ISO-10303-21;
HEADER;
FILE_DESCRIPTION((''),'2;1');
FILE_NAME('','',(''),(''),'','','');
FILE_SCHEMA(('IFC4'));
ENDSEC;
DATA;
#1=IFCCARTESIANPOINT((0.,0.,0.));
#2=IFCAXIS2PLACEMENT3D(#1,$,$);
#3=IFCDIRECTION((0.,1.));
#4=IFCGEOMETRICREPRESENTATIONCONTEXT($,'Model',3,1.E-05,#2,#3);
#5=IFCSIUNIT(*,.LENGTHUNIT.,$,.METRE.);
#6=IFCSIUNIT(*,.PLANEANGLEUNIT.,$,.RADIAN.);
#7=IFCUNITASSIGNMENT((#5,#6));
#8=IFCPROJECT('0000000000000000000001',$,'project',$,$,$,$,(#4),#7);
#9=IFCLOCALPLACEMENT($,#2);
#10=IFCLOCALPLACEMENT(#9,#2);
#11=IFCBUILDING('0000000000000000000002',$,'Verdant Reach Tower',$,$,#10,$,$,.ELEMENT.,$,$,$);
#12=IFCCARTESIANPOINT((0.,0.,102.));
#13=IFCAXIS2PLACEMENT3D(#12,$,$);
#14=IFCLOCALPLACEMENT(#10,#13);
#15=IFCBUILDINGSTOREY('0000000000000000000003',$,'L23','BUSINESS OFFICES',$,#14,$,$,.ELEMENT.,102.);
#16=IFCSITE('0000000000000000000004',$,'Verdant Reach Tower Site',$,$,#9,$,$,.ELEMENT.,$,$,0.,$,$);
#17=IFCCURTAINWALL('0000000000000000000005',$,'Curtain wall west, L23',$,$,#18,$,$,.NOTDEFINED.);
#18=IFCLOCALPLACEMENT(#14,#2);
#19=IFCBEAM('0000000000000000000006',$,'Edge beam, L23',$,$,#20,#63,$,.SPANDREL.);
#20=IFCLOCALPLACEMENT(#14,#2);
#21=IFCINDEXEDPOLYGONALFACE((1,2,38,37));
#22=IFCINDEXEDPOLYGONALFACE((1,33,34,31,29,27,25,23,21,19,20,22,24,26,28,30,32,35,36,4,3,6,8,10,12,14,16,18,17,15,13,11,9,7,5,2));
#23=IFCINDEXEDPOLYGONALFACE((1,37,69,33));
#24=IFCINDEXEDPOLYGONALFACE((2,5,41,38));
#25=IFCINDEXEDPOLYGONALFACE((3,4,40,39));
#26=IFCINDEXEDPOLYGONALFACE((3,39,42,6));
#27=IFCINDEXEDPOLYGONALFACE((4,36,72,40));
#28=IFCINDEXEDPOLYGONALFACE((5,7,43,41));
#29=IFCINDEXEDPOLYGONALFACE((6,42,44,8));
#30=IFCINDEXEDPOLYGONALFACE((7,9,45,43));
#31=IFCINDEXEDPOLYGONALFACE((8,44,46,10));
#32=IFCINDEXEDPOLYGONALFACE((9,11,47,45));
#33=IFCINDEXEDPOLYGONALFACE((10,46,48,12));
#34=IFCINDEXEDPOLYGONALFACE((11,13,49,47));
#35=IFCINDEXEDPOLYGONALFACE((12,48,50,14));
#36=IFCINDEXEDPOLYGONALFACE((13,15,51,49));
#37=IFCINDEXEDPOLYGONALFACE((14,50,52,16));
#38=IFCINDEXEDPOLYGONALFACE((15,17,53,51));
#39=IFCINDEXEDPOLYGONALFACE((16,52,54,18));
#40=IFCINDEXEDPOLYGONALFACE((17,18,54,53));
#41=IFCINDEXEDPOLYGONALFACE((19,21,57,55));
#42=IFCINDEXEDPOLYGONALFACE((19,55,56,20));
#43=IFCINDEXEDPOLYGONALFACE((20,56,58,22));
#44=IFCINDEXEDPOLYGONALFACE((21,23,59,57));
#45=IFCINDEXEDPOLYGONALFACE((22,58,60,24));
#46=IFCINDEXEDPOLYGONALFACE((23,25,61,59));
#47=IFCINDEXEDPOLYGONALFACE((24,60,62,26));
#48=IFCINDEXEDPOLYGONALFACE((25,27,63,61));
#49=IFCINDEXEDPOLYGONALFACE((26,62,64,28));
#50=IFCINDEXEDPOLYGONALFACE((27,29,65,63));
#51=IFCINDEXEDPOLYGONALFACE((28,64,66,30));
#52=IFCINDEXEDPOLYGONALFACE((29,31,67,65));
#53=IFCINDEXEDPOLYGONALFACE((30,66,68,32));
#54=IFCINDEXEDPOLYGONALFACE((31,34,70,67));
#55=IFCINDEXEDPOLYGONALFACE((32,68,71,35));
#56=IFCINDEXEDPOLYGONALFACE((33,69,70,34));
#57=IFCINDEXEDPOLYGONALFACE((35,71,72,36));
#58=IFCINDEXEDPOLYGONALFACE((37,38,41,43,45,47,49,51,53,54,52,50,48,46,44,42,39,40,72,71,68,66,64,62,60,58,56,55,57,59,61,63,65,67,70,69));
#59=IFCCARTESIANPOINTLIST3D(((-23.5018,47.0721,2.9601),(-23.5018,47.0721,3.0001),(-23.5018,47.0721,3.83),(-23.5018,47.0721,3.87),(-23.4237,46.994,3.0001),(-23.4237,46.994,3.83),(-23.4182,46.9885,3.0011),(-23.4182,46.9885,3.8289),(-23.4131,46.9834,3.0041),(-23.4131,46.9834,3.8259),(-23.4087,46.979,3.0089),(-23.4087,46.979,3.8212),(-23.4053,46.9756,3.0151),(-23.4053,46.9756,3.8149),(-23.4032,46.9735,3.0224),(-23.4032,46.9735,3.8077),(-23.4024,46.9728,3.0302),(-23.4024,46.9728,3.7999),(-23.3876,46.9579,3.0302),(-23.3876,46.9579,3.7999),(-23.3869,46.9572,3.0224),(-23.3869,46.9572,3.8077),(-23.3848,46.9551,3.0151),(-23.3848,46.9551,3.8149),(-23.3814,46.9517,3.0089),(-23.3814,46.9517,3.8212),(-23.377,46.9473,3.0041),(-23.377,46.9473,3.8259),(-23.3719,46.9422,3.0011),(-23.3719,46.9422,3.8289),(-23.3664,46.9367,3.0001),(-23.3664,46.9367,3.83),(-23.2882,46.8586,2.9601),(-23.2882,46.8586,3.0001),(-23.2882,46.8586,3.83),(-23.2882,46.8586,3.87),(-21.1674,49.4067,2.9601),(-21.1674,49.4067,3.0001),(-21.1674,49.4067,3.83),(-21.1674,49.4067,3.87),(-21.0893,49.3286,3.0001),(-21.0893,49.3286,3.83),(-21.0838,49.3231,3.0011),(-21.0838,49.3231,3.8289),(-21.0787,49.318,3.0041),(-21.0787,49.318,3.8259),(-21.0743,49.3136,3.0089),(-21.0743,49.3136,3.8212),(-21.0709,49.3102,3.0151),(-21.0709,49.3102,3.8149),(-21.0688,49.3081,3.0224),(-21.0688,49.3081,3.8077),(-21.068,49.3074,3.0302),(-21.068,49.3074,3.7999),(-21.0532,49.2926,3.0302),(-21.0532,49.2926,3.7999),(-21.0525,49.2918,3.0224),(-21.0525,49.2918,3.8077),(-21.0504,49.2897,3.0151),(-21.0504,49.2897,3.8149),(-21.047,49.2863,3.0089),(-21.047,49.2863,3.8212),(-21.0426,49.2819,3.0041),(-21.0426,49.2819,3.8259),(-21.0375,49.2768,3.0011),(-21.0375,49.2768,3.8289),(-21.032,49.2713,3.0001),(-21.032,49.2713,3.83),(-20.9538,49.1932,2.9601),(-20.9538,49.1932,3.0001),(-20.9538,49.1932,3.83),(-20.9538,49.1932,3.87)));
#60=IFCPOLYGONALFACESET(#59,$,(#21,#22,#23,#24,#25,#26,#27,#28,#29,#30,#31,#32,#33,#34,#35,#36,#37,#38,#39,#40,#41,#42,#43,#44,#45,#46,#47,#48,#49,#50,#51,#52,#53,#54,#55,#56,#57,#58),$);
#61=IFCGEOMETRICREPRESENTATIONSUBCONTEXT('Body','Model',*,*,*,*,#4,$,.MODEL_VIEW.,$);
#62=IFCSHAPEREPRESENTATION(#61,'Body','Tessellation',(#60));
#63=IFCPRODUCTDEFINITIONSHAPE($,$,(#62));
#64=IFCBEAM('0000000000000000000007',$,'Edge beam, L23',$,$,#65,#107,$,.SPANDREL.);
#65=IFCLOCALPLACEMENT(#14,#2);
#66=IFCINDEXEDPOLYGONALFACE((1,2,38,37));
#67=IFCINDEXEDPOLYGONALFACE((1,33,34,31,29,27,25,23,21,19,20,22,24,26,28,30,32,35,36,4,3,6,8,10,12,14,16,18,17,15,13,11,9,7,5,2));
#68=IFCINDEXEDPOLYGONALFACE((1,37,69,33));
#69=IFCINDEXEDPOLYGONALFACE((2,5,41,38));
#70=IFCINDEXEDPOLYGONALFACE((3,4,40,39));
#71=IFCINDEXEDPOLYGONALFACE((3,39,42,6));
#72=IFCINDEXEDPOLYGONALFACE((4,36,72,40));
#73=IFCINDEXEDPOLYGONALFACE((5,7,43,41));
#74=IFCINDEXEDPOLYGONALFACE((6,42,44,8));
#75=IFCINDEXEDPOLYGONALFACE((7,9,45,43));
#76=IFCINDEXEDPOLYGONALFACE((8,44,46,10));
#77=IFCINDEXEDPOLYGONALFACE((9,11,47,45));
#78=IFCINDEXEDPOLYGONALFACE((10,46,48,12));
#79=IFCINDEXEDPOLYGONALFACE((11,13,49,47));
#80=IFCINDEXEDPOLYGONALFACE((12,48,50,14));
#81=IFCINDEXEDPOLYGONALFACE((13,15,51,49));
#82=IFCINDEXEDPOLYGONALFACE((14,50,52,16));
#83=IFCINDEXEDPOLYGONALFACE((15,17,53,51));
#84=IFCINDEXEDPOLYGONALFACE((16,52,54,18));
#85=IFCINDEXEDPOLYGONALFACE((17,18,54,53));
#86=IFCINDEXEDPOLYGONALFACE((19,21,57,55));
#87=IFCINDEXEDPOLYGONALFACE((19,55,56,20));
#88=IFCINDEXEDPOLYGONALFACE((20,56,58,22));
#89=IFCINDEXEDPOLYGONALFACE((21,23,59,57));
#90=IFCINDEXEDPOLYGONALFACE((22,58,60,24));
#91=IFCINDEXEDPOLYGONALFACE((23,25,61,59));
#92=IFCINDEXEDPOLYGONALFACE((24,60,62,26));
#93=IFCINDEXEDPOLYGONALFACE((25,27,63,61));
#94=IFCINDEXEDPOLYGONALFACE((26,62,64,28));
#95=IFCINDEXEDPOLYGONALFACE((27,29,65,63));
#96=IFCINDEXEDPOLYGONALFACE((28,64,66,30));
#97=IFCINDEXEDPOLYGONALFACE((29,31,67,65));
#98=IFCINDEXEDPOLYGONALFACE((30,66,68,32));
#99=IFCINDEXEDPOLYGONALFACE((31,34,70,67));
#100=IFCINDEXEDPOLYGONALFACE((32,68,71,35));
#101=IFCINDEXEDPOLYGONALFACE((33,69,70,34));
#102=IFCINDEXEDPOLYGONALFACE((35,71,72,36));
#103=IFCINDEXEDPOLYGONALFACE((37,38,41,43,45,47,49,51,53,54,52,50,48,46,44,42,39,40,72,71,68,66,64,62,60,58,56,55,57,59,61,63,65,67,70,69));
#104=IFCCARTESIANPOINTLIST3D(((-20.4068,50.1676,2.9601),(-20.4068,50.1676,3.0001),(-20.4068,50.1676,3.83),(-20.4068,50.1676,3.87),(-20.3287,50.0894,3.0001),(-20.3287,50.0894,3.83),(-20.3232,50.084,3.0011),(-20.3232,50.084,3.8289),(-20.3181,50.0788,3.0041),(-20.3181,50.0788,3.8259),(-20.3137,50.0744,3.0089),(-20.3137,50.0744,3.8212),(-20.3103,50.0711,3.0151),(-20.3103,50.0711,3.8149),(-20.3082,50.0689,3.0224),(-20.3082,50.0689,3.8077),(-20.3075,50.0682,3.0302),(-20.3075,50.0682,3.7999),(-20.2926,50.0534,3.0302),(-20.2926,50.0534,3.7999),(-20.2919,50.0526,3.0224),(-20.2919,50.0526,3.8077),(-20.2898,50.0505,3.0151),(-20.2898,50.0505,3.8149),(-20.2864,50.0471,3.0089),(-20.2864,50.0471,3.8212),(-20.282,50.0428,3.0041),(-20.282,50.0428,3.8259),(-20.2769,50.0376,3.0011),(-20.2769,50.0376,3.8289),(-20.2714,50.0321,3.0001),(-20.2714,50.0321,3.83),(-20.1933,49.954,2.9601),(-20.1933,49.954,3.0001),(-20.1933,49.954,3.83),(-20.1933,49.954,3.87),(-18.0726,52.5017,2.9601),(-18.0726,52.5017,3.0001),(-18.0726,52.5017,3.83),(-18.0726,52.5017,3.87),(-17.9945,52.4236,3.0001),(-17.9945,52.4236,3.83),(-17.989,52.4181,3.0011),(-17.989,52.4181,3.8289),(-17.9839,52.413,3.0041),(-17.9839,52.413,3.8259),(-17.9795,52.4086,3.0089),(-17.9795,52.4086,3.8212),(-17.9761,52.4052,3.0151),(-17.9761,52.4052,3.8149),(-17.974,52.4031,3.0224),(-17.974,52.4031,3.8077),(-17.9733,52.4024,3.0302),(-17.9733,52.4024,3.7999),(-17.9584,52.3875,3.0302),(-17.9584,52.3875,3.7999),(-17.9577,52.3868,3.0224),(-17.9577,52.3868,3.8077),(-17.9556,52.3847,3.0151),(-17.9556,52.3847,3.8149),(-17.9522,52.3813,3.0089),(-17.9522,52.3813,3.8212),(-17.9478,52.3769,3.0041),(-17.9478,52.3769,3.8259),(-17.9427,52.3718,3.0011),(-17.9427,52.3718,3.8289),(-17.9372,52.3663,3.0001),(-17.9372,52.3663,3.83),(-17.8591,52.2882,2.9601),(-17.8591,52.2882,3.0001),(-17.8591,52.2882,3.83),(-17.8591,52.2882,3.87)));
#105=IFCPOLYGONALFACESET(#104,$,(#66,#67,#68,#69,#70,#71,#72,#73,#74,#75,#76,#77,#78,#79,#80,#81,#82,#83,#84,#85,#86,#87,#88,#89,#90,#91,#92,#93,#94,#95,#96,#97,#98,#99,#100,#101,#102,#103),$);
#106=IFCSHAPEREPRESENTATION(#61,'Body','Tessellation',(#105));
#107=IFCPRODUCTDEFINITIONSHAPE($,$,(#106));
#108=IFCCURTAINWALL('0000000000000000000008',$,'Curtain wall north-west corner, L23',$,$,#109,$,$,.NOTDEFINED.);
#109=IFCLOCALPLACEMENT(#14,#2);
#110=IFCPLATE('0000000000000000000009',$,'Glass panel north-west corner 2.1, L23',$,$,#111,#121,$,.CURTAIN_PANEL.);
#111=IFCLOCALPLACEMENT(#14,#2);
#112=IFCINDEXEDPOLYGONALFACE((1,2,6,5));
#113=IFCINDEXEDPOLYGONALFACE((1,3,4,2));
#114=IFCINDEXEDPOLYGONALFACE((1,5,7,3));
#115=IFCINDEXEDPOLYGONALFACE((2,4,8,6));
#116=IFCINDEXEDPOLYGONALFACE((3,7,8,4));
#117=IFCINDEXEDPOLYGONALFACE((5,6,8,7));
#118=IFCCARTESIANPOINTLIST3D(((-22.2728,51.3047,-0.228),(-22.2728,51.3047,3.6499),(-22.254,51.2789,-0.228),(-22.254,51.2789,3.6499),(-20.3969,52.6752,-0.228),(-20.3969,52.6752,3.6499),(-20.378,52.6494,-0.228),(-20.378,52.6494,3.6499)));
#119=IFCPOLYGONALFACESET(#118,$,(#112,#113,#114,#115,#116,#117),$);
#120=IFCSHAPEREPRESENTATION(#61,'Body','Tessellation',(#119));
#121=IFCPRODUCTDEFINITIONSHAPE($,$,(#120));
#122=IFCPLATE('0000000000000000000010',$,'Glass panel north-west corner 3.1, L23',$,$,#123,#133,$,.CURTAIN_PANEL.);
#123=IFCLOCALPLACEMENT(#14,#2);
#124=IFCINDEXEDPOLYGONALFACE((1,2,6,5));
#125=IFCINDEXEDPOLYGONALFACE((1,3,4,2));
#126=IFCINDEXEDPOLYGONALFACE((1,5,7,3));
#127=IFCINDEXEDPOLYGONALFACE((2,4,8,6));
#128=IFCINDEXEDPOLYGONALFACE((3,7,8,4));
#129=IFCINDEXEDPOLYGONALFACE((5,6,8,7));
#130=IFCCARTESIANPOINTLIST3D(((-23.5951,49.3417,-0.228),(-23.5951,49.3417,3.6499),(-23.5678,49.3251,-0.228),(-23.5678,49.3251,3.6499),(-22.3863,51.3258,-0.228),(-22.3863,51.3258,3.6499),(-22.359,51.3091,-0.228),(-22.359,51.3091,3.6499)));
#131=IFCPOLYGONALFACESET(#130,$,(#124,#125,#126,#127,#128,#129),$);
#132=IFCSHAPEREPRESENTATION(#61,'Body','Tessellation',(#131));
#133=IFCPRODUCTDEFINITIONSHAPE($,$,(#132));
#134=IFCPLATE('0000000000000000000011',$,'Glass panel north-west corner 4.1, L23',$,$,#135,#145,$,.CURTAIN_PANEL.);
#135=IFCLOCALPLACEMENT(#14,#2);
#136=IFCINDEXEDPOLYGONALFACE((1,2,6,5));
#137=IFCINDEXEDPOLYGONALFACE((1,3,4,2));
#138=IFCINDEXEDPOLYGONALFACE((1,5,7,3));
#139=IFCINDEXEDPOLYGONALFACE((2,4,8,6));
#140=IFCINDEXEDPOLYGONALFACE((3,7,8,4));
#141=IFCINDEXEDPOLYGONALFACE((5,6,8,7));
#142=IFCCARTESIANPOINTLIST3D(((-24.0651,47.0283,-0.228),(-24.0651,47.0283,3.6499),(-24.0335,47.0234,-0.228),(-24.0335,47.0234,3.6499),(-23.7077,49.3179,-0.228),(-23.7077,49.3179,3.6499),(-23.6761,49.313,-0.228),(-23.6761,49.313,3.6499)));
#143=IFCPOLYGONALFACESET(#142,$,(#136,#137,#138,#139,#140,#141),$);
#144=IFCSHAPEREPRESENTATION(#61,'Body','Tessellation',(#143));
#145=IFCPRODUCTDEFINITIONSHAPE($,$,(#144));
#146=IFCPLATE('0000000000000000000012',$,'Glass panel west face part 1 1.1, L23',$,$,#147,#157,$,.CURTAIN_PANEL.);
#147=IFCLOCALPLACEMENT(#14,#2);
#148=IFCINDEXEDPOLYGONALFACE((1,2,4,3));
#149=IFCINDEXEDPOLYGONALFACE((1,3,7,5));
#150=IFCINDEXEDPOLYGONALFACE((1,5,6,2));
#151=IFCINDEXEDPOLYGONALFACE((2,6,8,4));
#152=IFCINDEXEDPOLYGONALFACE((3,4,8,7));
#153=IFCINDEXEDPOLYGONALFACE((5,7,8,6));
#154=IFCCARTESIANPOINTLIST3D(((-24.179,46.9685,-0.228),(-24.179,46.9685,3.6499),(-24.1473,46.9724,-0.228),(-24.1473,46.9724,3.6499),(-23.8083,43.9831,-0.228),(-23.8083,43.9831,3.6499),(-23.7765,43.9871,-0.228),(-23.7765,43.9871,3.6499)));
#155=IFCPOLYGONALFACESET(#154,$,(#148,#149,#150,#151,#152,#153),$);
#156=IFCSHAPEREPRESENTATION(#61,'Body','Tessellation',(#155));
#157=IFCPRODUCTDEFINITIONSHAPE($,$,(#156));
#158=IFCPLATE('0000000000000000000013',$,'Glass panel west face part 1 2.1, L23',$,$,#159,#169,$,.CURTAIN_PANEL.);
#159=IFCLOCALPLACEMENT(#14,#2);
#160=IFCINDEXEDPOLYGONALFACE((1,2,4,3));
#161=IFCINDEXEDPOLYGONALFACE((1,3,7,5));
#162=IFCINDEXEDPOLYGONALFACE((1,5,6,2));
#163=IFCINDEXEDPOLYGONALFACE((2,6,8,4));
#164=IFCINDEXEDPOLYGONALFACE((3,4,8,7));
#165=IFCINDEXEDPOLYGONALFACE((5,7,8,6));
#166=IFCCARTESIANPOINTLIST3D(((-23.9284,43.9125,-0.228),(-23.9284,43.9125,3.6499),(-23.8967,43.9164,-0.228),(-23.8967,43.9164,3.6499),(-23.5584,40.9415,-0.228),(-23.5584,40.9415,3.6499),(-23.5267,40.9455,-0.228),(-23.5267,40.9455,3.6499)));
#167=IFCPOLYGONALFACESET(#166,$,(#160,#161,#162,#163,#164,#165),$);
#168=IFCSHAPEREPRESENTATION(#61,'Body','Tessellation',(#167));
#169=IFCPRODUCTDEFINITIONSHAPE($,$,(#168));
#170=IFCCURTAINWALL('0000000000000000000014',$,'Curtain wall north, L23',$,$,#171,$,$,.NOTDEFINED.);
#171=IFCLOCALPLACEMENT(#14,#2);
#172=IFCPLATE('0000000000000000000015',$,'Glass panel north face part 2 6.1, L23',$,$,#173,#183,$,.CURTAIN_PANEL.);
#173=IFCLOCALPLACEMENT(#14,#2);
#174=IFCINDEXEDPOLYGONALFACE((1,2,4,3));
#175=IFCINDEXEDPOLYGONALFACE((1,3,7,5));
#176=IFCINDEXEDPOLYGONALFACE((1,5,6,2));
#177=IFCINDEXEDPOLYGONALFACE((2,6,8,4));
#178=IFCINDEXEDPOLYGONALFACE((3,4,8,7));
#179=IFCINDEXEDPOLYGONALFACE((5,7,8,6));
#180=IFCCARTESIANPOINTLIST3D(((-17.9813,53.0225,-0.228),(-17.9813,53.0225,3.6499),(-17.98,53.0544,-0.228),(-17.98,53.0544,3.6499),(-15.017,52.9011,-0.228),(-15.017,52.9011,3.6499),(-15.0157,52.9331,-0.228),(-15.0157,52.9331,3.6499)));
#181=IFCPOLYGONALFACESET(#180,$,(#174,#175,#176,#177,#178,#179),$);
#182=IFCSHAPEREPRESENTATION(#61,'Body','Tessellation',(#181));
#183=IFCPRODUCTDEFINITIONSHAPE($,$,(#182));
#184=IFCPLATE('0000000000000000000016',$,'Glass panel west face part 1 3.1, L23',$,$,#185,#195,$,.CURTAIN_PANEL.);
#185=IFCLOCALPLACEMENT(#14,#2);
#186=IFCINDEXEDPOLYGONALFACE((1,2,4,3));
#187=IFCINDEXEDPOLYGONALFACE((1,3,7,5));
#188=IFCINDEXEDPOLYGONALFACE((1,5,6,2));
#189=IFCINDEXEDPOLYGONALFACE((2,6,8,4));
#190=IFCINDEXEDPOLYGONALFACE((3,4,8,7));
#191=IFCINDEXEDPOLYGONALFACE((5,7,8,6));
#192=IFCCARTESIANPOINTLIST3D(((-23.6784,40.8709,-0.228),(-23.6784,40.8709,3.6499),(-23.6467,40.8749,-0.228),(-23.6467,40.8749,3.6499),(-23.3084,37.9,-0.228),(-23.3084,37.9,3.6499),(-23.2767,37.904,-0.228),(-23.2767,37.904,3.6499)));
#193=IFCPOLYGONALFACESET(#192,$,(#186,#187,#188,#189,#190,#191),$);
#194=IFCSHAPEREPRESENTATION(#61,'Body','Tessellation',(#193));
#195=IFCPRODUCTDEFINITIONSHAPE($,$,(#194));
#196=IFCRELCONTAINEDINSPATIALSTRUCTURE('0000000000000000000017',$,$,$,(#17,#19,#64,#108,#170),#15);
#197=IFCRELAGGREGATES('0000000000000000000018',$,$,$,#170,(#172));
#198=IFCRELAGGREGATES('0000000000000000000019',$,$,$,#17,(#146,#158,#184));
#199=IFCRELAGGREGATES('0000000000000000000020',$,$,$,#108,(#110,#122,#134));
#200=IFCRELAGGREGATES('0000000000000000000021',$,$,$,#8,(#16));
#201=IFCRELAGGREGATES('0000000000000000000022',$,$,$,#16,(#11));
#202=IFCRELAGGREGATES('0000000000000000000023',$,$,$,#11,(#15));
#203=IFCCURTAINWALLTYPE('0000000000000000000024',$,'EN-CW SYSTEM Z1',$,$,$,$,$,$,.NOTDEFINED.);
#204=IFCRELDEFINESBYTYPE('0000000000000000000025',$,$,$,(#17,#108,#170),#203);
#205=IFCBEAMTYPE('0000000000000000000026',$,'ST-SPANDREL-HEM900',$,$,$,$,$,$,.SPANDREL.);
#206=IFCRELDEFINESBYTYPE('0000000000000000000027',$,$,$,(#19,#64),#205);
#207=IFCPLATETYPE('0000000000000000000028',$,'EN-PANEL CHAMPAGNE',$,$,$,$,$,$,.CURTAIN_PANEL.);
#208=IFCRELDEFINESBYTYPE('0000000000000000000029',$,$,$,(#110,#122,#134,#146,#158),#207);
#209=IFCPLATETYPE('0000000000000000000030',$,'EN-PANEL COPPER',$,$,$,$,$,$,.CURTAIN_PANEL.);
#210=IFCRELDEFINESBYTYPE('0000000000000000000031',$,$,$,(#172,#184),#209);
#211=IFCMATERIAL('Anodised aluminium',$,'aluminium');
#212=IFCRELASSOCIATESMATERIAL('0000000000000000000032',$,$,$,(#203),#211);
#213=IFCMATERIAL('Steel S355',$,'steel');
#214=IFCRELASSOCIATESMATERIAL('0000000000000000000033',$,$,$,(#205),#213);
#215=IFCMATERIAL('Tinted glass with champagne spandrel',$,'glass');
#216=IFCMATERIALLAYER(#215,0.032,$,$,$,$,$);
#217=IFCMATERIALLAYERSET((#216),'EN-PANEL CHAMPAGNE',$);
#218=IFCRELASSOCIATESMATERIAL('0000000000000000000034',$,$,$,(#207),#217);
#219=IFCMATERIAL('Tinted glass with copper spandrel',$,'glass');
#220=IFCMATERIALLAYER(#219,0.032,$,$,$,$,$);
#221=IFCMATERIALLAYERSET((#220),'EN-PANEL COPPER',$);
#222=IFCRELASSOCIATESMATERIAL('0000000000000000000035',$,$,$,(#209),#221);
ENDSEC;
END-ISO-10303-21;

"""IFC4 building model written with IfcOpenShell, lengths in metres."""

from ifc_helpers import new_model, si_unit, direction, frame, origin, origin_2d, place, context, subcontext, project, spatial, rectangle, i_section, extrude, material, layer, layer_set, material_profile, profile_set, type_object, element, aggregate, save


model = new_model("IFC4")

# Units and contexts
model_context = context("Model", 3, precision=1e-05, world=origin(), true_north=direction((0.0, 1.0)))
body_context = subcontext(model_context, "Body", "Model", "MODEL_VIEW")
ifc_project = project(units=[si_unit("LENGTHUNIT", "METRE"), si_unit("PLANEANGLEUNIT", "RADIAN")], contexts=[model_context])

# Site, building, storey
site_placement = place(None, origin())
site = spatial("IfcSite", under=ifc_project, at=site_placement, Name="Verdant Reach Tower Site", CompositionType="ELEMENT", RefElevation=0.0)
building_placement = place(site_placement, origin())
building = spatial("IfcBuilding", under=site, at=building_placement, Name="Verdant Reach Tower", CompositionType="ELEMENT")
storey_placement = place(building_placement, frame((0.0, 0.0, 102.0)))
storey = spatial("IfcBuildingStorey", under=building, at=storey_placement, Name="L23", Description="BUSINESS OFFICES", CompositionType="ELEMENT", Elevation=102.0)

# Curtain wall
ifc_material_1 = material(Name="Anodised aluminium", Category="aluminium")
curtain_wall_type = type_object("IfcCurtainWallType", Name="EN-CW SYSTEM Z1", PredefinedType="NOTDEFINED", material=ifc_material_1)
curtain_wall_1_placement = place(storey_placement, origin())
curtain_wall_1 = element("IfcCurtainWall", 1, at=curtain_wall_1_placement, inside=storey, type_object=curtain_wall_type, Name="Curtain wall west, L23", PredefinedType="NOTDEFINED")

# Beams
ifc_material_2 = material(Name="Steel S355", Category="steel")
ifc_material_profile_1 = material_profile(ifc_material_2, i_section(OverallWidth=0.302, OverallDepth=0.9099, WebThickness=0.021, FlangeThickness=0.04, FilletRadius=0.03, at=origin_2d()), Name="HEM 900")
ifc_profile_set_1 = profile_set([ifc_material_profile_1], Name="Steel S355")
beam_type_1 = type_object("IfcBeamType", Name="ST-SPANDREL-HEM900", PredefinedType="SPANDREL", material=ifc_profile_set_1)
beam_1_placement = place(storey_placement, frame((-23.395, 46.9653, 3.415), z_axis=(0.70707, 0.707144, 0.0), x_axis=(-0.707144, 0.70707, 0.0)))
element("IfcBeam", 2, at=beam_1_placement, inside=storey, type_object=beam_type_1, Name="Edge beam, L23", PredefinedType="SPANDREL", context=body_context, shape_type="SweptSolid", body=[
    extrude(i_section(OverallWidth=0.302, OverallDepth=0.9099, WebThickness=0.021, FlangeThickness=0.04, FilletRadius=0.03, at=origin_2d()), origin(), (0.0, 0.0, 1.0), 3.3015),
])
beam_2_placement = place(storey_placement, frame((-20.3, 50.0608, 3.415), z_axis=(0.707107, 0.707107, 0.0), x_axis=(-0.707107, 0.707107, 0.0)))
element("IfcBeam", 3, at=beam_2_placement, inside=storey, type_object=beam_type_1, Name="Edge beam, L23", PredefinedType="SPANDREL", context=body_context, shape_type="SweptSolid", body=[
    extrude(i_section(OverallWidth=0.302, OverallDepth=0.9099, WebThickness=0.021, FlangeThickness=0.04, FilletRadius=0.03, at=origin_2d()), origin(), (0.0, 0.0, 1.0), 3.301),
])

# Curtain wall, plates
curtain_wall_2_placement = place(storey_placement, origin())
curtain_wall_2 = element("IfcCurtainWall", 4, at=curtain_wall_2_placement, inside=storey, type_object=curtain_wall_type, Name="Curtain wall north-west corner, L23", PredefinedType="NOTDEFINED")
ifc_material_3 = material(Name="Tinted glass with champagne spandrel", Category="glass")
ifc_layer_1 = layer(ifc_material_3, 0.032)
ifc_layer_set_1 = layer_set([ifc_layer_1], Name="EN-PANEL CHAMPAGNE")
plate_type_1 = type_object("IfcPlateType", Name="EN-PANEL CHAMPAGNE", PredefinedType="CURTAIN_PANEL", material=ifc_layer_set_1)
plate_1_placement = place(storey_placement, frame((-21.3254, 51.9771, -0.228), z_axis=(0.0, 0.0, 1.0), x_axis=(-0.807457, -0.589927, 0.0)))
plate_1 = element("IfcPlate", 5, at=plate_1_placement, type_object=plate_type_1, Name="Glass panel north-west corner 2.1, L23", PredefinedType="CURTAIN_PANEL", context=body_context, shape_type="SweptSolid", body=[
    extrude(rectangle(XDim=2.3232, YDim=0.032, at=origin_2d()), origin(), (0.0, 0.0, 1.0), 3.8779),
])
plate_2_placement = place(storey_placement, frame((-22.9771, 50.3254, -0.228), z_axis=(0.0, 0.0, 1.0), x_axis=(-0.520292, -0.853989, 0.0)))
plate_2 = element("IfcPlate", 6, at=plate_2_placement, type_object=plate_type_1, Name="Glass panel north-west corner 3.1, L23", PredefinedType="CURTAIN_PANEL", context=body_context, shape_type="SweptSolid", body=[
    extrude(rectangle(XDim=2.3232, YDim=0.032, at=origin_2d()), origin(), (0.0, 0.0, 1.0), 3.8779),
])
plate_3_placement = place(storey_placement, frame((-23.8706, 48.1707, -0.228), z_axis=(0.0, 0.0, 1.0), x_axis=(-0.154248, -0.988032, 0.0)))
plate_3 = element("IfcPlate", 7, at=plate_3_placement, type_object=plate_type_1, Name="Glass panel north-west corner 4.1, L23", PredefinedType="CURTAIN_PANEL", context=body_context, shape_type="SweptSolid", body=[
    extrude(rectangle(XDim=2.3174, YDim=0.032, at=origin_2d()), origin(), (0.0, 0.0, 1.0), 3.8779),
])

# Plates
plate_4_placement = place(storey_placement, frame((-23.9778, 45.4778, -0.228), z_axis=(0.0, 0.0, 1.0), x_axis=(0.123256, -0.992375, 0.0)))
plate_4 = element("IfcPlate", 8, at=plate_4_placement, type_object=plate_type_1, Name="Glass panel west face part 1 1.1, L23", PredefinedType="CURTAIN_PANEL", context=body_context, shape_type="SweptSolid", body=[
    extrude(rectangle(XDim=3.0083, YDim=0.032, at=origin_2d()), origin(), (0.0, 0.0, 1.0), 3.8779),
])
plate_5_placement = place(storey_placement, frame((-23.7275, 42.429, -0.228), z_axis=(0.0, 0.0, 1.0), x_axis=(0.123579, -0.992335, 0.0)))
plate_5 = element("IfcPlate", 9, at=plate_5_placement, type_object=plate_type_1, Name="Glass panel west face part 1 2.1, L23", PredefinedType="CURTAIN_PANEL", context=body_context, shape_type="SweptSolid", body=[
    extrude(rectangle(XDim=2.9939, YDim=0.032, at=origin_2d()), origin(), (0.0, 0.0, 1.0), 3.8779),
])

# Curtain wall, plate
curtain_wall_3_placement = place(storey_placement, origin())
curtain_wall_3 = element("IfcCurtainWall", 10, at=curtain_wall_3_placement, inside=storey, type_object=curtain_wall_type, Name="Curtain wall north, L23", PredefinedType="NOTDEFINED")
ifc_material_4 = material(Name="Tinted glass with copper spandrel", Category="glass")
ifc_layer_2 = layer(ifc_material_4, 0.032)
ifc_layer_set_2 = layer_set([ifc_layer_2], Name="EN-PANEL COPPER")
plate_type_2 = type_object("IfcPlateType", Name="EN-PANEL COPPER", PredefinedType="CURTAIN_PANEL", material=ifc_layer_set_2)
plate_6_placement = place(storey_placement, frame((-16.4985, 52.9778, -0.228), z_axis=(0.0, 0.0, 1.0), x_axis=(-0.999163, 0.04091, 0.0)))
plate_6 = element("IfcPlate", 11, at=plate_6_placement, type_object=plate_type_2, Name="Glass panel north face part 2 6.1, L23", PredefinedType="CURTAIN_PANEL", context=body_context, shape_type="SweptSolid", body=[
    extrude(rectangle(XDim=2.9668, YDim=0.032, at=origin_2d()), origin(), (0.0, 0.0, 1.0), 3.8779),
])
aggregate(curtain_wall_3, [plate_6])

# Plate
plate_7_placement = place(storey_placement, frame((-23.4775, 39.3875, -0.228), z_axis=(0.0, 0.0, 1.0), x_axis=(0.123579, -0.992335, 0.0)))
plate_7 = element("IfcPlate", 12, at=plate_7_placement, type_object=plate_type_2, Name="Glass panel west face part 1 3.1, L23", PredefinedType="CURTAIN_PANEL", context=body_context, shape_type="SweptSolid", body=[
    extrude(rectangle(XDim=2.9939, YDim=0.032, at=origin_2d()), origin(), (0.0, 0.0, 1.0), 3.8779),
])
aggregate(curtain_wall_1, [plate_4, plate_5, plate_7])
aggregate(curtain_wall_2, [plate_1, plate_2, plate_3])

save(model, "model.ifc")
